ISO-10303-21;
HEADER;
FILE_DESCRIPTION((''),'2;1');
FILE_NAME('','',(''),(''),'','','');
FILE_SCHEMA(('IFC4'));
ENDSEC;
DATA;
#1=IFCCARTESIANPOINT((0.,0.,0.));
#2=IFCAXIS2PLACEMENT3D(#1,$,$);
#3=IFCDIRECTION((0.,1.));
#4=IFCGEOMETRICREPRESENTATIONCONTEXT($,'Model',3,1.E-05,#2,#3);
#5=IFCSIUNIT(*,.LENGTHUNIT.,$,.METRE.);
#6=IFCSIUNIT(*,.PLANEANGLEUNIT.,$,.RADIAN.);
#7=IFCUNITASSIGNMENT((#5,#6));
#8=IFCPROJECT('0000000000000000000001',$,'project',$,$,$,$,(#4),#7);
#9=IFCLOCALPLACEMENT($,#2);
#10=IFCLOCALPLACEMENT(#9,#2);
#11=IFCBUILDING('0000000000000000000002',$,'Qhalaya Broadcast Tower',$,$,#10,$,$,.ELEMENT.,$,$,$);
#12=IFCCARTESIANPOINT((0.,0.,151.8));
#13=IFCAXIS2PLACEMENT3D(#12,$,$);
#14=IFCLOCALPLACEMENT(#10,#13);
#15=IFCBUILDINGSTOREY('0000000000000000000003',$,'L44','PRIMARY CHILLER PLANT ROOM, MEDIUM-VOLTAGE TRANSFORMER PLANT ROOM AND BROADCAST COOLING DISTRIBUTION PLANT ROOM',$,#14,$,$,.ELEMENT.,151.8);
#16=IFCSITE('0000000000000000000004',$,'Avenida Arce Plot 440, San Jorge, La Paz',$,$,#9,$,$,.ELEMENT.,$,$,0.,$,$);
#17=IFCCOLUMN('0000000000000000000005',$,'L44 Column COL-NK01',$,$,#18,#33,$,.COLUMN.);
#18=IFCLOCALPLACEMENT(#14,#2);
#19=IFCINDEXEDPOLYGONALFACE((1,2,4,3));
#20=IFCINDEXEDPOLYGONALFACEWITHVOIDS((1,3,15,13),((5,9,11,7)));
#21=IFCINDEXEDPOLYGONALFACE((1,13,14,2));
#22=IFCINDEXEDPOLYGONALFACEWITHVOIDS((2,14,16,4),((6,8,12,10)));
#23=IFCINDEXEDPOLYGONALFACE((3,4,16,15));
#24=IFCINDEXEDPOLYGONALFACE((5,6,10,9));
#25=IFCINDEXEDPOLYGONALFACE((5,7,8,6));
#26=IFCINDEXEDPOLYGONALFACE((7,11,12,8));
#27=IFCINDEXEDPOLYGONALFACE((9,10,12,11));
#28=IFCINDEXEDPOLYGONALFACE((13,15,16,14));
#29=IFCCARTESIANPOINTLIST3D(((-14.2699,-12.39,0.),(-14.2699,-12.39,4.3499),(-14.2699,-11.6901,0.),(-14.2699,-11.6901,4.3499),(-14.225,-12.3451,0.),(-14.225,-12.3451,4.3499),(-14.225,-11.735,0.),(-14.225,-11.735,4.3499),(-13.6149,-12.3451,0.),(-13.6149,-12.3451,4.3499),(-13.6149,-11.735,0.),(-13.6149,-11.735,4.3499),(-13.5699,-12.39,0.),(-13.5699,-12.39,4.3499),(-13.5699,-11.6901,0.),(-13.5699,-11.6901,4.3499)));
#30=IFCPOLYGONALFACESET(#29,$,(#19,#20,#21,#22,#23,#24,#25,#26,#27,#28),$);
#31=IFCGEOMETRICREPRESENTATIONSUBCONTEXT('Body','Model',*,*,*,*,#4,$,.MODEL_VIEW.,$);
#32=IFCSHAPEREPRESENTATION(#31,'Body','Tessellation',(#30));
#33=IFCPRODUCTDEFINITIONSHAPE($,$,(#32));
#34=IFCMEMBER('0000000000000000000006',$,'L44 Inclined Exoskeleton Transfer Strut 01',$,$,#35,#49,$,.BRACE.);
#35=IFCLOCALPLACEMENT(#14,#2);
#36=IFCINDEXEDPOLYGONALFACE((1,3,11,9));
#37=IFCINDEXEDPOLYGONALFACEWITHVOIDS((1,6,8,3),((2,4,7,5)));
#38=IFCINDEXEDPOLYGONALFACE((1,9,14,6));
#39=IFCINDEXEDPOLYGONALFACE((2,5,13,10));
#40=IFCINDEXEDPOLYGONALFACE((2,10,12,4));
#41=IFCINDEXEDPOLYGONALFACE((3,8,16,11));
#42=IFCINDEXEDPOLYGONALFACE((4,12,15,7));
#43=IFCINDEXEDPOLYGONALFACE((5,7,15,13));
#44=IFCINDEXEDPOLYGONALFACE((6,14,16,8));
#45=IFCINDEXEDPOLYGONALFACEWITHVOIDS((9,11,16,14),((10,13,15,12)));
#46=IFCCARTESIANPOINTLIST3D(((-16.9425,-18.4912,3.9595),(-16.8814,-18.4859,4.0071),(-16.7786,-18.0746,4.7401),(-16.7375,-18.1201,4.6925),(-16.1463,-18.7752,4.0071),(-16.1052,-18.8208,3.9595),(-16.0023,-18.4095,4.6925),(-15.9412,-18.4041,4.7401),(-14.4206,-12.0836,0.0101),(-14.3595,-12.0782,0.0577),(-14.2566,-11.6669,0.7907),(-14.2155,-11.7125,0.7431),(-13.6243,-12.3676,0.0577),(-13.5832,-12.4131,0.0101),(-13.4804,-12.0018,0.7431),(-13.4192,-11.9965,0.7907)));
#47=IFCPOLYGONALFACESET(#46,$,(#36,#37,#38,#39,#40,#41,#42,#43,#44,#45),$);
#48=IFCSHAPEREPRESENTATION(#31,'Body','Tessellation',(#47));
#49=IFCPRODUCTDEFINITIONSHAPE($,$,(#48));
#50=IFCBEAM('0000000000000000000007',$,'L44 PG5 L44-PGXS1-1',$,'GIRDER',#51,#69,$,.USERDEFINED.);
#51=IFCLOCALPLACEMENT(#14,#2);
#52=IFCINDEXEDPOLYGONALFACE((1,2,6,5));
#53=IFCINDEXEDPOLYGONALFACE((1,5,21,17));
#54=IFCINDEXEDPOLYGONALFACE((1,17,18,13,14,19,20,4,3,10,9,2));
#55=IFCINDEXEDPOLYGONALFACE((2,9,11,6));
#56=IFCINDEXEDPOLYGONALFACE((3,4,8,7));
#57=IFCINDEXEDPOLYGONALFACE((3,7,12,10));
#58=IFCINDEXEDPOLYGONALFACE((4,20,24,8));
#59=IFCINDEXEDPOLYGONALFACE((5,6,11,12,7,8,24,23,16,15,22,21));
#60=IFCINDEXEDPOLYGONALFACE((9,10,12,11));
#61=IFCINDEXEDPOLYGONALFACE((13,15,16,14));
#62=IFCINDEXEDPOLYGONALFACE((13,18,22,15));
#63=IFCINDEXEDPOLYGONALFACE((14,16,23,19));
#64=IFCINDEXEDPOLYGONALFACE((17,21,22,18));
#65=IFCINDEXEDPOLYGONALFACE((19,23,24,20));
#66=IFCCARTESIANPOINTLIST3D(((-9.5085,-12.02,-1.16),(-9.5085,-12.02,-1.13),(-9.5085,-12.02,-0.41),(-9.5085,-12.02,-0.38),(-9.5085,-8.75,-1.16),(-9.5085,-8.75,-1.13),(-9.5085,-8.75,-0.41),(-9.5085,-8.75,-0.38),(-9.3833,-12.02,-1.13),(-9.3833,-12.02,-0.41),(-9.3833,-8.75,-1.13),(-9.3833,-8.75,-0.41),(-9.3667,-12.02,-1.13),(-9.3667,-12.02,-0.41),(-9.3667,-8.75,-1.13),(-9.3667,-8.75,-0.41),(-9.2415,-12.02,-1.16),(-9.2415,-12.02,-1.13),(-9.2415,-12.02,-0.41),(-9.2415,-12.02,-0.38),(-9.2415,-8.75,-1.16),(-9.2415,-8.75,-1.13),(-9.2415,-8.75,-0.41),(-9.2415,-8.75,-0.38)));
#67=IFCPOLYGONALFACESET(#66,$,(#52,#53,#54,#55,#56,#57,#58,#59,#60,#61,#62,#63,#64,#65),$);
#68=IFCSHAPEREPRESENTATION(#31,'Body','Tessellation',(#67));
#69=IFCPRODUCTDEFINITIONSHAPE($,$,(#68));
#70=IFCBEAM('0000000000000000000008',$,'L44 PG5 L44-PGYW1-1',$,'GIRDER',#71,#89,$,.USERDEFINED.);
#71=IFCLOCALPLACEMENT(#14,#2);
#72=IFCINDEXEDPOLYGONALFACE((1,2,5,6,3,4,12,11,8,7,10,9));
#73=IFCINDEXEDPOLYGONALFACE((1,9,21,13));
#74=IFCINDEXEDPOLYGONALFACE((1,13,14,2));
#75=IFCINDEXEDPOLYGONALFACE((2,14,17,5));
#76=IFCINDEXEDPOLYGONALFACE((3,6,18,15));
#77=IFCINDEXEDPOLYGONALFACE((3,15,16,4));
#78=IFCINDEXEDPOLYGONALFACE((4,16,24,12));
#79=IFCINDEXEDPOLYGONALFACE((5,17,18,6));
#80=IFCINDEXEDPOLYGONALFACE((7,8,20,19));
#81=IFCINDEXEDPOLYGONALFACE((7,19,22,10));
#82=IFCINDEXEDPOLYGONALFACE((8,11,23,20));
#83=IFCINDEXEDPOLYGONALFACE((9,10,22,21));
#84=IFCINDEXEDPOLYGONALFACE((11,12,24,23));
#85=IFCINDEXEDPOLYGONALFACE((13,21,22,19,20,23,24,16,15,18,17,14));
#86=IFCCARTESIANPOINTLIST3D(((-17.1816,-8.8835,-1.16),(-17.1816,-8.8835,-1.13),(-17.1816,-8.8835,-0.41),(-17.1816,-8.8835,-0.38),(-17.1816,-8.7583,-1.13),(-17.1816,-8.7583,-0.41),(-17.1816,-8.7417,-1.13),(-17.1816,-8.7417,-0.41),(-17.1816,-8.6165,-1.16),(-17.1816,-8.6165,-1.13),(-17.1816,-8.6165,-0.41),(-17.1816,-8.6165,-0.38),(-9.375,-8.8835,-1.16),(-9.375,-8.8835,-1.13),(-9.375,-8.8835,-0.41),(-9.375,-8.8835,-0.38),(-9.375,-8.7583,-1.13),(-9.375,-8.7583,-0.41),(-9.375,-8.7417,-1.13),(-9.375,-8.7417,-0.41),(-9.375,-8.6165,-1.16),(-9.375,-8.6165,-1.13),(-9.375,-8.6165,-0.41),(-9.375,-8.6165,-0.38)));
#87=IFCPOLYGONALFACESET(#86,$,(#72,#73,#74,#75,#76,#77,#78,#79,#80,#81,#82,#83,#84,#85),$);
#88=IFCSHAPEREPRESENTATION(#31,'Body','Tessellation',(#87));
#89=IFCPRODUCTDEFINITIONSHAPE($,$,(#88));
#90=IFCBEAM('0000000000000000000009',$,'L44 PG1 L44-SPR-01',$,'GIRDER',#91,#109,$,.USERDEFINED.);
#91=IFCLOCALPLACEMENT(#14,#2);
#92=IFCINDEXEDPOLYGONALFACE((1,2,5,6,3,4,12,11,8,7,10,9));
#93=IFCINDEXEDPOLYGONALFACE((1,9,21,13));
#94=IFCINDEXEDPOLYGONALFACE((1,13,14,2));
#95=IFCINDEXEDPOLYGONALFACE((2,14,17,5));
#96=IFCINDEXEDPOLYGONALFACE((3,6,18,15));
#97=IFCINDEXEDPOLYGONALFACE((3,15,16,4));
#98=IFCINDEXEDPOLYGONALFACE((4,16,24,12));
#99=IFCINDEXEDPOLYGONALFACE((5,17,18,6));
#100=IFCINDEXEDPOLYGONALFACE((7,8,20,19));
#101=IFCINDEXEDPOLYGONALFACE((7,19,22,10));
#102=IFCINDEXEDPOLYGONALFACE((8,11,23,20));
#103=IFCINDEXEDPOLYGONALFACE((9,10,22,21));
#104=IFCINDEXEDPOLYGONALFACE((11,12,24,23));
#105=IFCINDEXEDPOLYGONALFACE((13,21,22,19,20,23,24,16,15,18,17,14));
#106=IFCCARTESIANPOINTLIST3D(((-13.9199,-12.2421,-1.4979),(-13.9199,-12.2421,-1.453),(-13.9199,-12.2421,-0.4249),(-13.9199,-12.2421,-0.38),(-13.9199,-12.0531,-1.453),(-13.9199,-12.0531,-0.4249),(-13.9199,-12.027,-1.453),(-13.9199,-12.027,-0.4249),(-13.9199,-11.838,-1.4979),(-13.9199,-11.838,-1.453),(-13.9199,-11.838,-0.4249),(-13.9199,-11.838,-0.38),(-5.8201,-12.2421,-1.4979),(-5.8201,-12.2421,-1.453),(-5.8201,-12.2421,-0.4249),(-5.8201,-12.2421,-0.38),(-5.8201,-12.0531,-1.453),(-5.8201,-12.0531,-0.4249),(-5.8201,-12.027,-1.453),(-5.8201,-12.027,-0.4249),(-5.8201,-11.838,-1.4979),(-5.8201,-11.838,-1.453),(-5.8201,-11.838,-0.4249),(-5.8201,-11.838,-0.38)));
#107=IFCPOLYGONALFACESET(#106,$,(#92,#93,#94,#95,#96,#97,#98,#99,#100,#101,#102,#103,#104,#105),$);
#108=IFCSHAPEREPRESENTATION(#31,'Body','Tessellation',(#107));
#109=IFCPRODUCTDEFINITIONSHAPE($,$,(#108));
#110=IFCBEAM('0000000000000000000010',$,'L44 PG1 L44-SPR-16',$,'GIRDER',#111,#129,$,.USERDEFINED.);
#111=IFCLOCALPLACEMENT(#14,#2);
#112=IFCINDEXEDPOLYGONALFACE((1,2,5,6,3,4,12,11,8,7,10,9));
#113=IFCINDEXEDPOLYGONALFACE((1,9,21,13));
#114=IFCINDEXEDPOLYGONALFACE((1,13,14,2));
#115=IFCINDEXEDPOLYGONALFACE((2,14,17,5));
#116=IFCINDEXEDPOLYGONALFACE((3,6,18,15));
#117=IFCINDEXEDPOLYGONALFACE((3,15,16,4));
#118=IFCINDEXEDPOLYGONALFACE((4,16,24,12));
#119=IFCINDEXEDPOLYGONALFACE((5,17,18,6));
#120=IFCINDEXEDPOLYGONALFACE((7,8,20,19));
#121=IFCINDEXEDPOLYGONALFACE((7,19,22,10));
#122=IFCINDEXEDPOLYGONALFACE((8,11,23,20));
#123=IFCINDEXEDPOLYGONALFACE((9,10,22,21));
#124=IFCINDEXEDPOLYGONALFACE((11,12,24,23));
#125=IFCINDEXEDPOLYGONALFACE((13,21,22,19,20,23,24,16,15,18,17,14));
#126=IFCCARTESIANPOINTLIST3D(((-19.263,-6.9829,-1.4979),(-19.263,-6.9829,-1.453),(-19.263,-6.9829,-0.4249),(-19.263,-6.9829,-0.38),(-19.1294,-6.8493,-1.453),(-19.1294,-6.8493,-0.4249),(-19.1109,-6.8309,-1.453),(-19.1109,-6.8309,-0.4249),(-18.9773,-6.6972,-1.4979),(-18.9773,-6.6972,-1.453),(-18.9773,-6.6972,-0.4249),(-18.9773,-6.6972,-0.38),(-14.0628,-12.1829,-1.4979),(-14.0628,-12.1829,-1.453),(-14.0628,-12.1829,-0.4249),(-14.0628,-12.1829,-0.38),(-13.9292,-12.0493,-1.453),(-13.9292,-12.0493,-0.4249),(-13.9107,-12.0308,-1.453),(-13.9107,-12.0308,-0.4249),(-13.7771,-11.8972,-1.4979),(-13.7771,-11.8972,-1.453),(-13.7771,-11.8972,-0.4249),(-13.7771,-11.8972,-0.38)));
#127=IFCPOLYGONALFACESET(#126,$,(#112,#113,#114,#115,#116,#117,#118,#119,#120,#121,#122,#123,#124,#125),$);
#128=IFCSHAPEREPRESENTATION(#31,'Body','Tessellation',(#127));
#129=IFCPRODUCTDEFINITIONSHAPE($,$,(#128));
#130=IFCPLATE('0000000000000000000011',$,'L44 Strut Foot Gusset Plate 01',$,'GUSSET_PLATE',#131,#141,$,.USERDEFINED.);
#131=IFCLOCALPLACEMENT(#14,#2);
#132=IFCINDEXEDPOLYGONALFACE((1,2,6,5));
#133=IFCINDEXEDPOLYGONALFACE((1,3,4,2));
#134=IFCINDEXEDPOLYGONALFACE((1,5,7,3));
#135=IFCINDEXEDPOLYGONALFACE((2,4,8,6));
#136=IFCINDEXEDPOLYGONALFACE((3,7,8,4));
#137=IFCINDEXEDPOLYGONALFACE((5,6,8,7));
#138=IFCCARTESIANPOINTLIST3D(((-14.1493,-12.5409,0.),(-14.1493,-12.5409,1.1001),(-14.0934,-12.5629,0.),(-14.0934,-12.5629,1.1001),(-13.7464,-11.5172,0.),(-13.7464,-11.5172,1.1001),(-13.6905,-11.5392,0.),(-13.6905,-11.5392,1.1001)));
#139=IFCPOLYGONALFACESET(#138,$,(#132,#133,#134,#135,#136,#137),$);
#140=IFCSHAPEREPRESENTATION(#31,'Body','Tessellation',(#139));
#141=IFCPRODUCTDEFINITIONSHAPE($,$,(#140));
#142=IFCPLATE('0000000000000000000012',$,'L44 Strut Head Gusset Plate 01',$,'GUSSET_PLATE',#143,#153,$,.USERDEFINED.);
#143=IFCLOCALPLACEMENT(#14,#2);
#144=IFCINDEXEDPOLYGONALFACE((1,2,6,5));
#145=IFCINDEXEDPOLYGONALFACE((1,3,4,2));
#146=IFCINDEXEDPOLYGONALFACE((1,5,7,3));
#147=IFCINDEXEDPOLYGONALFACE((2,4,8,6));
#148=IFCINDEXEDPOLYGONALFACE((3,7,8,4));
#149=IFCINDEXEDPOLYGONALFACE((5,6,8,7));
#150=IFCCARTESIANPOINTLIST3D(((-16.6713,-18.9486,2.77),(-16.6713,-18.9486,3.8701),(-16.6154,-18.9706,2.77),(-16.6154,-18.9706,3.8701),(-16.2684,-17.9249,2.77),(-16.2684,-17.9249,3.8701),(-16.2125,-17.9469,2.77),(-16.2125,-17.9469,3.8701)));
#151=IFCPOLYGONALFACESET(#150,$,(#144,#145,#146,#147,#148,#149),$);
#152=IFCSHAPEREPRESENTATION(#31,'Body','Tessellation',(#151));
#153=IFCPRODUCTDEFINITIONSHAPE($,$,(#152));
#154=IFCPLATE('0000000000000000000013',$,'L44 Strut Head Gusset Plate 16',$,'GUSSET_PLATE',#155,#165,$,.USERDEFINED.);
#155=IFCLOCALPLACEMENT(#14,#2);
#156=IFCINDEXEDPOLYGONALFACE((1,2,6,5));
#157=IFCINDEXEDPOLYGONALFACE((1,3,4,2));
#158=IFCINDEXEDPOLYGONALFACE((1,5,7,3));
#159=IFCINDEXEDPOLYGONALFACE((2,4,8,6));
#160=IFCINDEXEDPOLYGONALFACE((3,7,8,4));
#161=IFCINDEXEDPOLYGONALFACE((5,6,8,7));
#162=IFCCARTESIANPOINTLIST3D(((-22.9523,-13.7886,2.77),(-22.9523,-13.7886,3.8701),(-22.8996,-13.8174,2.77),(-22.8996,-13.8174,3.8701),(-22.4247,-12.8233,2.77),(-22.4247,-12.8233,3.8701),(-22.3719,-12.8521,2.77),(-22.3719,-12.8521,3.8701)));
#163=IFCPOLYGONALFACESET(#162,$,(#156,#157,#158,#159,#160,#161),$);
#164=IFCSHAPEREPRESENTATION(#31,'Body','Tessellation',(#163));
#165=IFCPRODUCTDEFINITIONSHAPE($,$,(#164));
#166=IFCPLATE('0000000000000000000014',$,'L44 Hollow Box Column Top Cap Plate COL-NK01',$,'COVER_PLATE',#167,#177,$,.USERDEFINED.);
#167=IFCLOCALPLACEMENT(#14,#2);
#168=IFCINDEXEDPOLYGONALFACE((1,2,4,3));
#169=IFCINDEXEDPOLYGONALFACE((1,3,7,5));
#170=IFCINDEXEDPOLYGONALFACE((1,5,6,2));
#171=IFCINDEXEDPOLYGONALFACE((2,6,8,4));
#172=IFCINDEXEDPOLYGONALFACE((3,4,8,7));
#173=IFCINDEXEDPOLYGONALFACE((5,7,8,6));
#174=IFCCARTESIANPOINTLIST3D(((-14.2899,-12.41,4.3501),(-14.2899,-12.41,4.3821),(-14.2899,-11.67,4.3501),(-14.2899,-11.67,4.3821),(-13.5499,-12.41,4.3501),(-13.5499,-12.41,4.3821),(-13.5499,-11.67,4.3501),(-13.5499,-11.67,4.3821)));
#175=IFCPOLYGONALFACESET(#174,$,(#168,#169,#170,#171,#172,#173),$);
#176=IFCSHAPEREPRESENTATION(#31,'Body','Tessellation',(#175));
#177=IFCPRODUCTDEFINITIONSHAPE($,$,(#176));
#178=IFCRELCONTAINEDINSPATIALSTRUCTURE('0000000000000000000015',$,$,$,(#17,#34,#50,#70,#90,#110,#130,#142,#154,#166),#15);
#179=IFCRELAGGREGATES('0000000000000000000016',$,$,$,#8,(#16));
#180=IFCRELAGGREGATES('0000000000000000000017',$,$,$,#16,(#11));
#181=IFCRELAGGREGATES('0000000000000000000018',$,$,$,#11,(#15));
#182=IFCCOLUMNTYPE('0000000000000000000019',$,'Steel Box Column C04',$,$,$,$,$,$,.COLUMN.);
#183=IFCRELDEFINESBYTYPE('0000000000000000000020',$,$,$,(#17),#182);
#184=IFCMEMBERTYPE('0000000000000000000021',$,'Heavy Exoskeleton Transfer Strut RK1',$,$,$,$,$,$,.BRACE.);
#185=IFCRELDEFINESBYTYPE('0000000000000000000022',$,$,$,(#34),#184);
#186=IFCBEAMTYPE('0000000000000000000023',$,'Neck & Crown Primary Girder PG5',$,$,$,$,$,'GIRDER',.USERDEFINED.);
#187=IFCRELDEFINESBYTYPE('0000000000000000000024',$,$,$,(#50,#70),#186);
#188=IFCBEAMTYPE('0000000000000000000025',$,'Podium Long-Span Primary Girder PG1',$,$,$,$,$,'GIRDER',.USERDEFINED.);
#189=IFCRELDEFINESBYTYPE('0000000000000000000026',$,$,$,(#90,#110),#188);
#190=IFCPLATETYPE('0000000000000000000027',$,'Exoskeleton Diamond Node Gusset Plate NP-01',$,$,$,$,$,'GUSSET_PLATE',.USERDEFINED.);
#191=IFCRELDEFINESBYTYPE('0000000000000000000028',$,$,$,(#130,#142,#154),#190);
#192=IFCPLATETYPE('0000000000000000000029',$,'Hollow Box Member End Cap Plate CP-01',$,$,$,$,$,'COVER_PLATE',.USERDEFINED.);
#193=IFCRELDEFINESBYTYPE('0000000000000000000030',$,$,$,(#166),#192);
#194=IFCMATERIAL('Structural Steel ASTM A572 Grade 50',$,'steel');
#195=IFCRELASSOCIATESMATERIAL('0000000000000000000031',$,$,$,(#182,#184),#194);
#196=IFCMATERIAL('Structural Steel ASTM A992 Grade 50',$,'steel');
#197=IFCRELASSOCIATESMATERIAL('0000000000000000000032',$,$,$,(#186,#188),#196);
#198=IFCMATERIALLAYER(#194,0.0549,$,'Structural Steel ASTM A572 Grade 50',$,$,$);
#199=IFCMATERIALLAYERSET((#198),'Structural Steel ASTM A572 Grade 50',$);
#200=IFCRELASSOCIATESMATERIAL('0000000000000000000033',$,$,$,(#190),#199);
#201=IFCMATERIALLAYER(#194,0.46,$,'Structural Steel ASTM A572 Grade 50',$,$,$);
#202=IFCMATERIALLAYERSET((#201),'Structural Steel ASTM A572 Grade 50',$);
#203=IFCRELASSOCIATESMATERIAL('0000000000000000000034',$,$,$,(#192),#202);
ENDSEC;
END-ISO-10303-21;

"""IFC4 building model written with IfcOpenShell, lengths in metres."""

from ifc_helpers import new_model, si_unit, direction, frame, origin, origin_2d, place, context, subcontext, project, spatial, rectangle, hollow_rectangle, i_section, extrude, material, layer, layer_set, material_profile, profile_set, type_object, element, save


model = new_model("IFC4")

# Units and contexts
model_context = context("Model", 3, precision=1e-05, world=origin(), true_north=direction((0.0, 1.0)))
body_context = subcontext(model_context, "Body", "Model", "MODEL_VIEW")
ifc_project = project(units=[si_unit("LENGTHUNIT", "METRE"), si_unit("PLANEANGLEUNIT", "RADIAN")], contexts=[model_context])

# Site, building, storey
site_placement = place(None, origin())
site = spatial("IfcSite", under=ifc_project, at=site_placement, Name="Avenida Arce Plot 440, San Jorge, La Paz", CompositionType="ELEMENT", RefElevation=0.0)
building_placement = place(site_placement, origin())
building = spatial("IfcBuilding", under=site, at=building_placement, Name="Qhalaya Broadcast Tower", CompositionType="ELEMENT")
storey_placement = place(building_placement, frame((0.0, 0.0, 151.8)))
storey = spatial("IfcBuildingStorey", under=building, at=storey_placement, Name="L44", Description="PRIMARY CHILLER PLANT ROOM, MEDIUM-VOLTAGE TRANSFORMER PLANT ROOM AND BROADCAST COOLING DISTRIBUTION PLANT ROOM", CompositionType="ELEMENT", Elevation=151.8)

# Column
ifc_material_1 = material(Name="Structural Steel ASTM A572 Grade 50", Category="steel")
ifc_material_profile_1 = material_profile(ifc_material_1, hollow_rectangle(XDim=0.7, YDim=0.7, WallThickness=0.0449, at=origin_2d()), Name="BOX 700x700x45")
ifc_profile_set_1 = profile_set([ifc_material_profile_1], Name="Structural Steel ASTM A572 Grade 50")
column_type = type_object("IfcColumnType", Name="Steel Box Column C04", PredefinedType="COLUMN", material=ifc_profile_set_1)
column_placement = place(storey_placement, frame((-13.9199, -12.04, 0.0), z_axis=(0.0, 0.0, 1.0), x_axis=(1.0, 0.0, 0.0)))
element("IfcColumn", 1, at=column_placement, inside=storey, type_object=column_type, Name="L44 Column COL-NK01", PredefinedType="COLUMN", context=body_context, shape_type="SweptSolid", body=[
    extrude(hollow_rectangle(XDim=0.7, YDim=0.7, WallThickness=0.0449, at=origin_2d()), origin(), (0.0, 0.0, 1.0), 4.3499),
])

# Member
ifc_material_profile_2 = material_profile(ifc_material_1, hollow_rectangle(XDim=0.8999, YDim=0.8999, WallThickness=0.0549, at=origin_2d()), Name="BOX 900x900x55")
ifc_profile_set_2 = profile_set([ifc_material_profile_2], Name="Structural Steel ASTM A572 Grade 50")
member_type = type_object("IfcMemberType", Name="Heavy Exoskeleton Transfer Strut RK1", PredefinedType="BRACE", material=ifc_profile_set_2)
member_placement = place(storey_placement, frame((-13.9199, -12.04, 0.4004), z_axis=(-0.317695, -0.807185, 0.497517), x_axis=(0.930521, -0.366238, 0.0)))
element("IfcMember", 2, at=member_placement, inside=storey, type_object=member_type, Name="L44 Inclined Exoskeleton Transfer Strut 01", PredefinedType="BRACE", context=body_context, shape_type="SweptSolid", body=[
    extrude(hollow_rectangle(XDim=0.8999, YDim=0.8999, WallThickness=0.0549, at=origin_2d()), origin(), (0.0, 0.0, 1.0), 7.9382),
])

# Beams
ifc_material_2 = material(Name="Structural Steel ASTM A992 Grade 50", Category="steel")
ifc_material_profile_3 = material_profile(ifc_material_2, i_section(OverallWidth=0.2671, OverallDepth=0.78, WebThickness=0.0166, FlangeThickness=0.03, at=origin_2d()), Name="W30X148")
ifc_profile_set_3 = profile_set([ifc_material_profile_3], Name="Structural Steel ASTM A992 Grade 50")
beam_type_1 = type_object("IfcBeamType", Name="Neck & Crown Primary Girder PG5", ElementType="GIRDER", PredefinedType="USERDEFINED", material=ifc_profile_set_3)
beam_1_placement = place(storey_placement, frame((-9.375, -12.02, -0.77), z_axis=(0.0, 1.0, 0.0), x_axis=(-1.0, 0.0, 0.0)))
element("IfcBeam", 3, at=beam_1_placement, inside=storey, type_object=beam_type_1, Name="L44 PG5 L44-PGXS1-1", ObjectType="GIRDER", PredefinedType="USERDEFINED", context=body_context, shape_type="SweptSolid", body=[
    extrude(i_section(OverallWidth=0.2671, OverallDepth=0.78, WebThickness=0.0166, FlangeThickness=0.03, at=origin_2d()), origin(), (0.0, 0.0, 1.0), 3.27),
])
beam_2_placement = place(storey_placement, frame((-17.1816, -8.75, -0.77), z_axis=(1.0, 0.0, 0.0), x_axis=(0.0, 1.0, 0.0)))
element("IfcBeam", 4, at=beam_2_placement, inside=storey, type_object=beam_type_1, Name="L44 PG5 L44-PGYW1-1", ObjectType="GIRDER", PredefinedType="USERDEFINED", context=body_context, shape_type="SweptSolid", body=[
    extrude(i_section(OverallWidth=0.2671, OverallDepth=0.78, WebThickness=0.0166, FlangeThickness=0.03, at=origin_2d()), origin(), (0.0, 0.0, 1.0), 7.8066),
])
ifc_material_profile_4 = material_profile(ifc_material_2, i_section(OverallWidth=0.4041, OverallDepth=1.1179, WebThickness=0.0261, FlangeThickness=0.0449, at=origin_2d()), Name="W44X335")
ifc_profile_set_4 = profile_set([ifc_material_profile_4], Name="Structural Steel ASTM A992 Grade 50")
beam_type_2 = type_object("IfcBeamType", Name="Podium Long-Span Primary Girder PG1", ElementType="GIRDER", PredefinedType="USERDEFINED", material=ifc_profile_set_4)
beam_3_placement = place(storey_placement, frame((-13.9199, -12.04, -0.939), z_axis=(1.0, 0.0, 0.0), x_axis=(0.0, 1.0, 0.0)))
element("IfcBeam", 5, at=beam_3_placement, inside=storey, type_object=beam_type_2, Name="L44 PG1 L44-SPR-01", ObjectType="GIRDER", PredefinedType="USERDEFINED", context=body_context, shape_type="SweptSolid", body=[
    extrude(i_section(OverallWidth=0.4041, OverallDepth=1.1179, WebThickness=0.0261, FlangeThickness=0.0449, at=origin_2d()), origin(), (0.0, 0.0, 1.0), 8.0999),
])
beam_4_placement = place(storey_placement, frame((-19.1201, -6.8401, -0.939), z_axis=(0.707123, -0.70709, 0.0), x_axis=(0.70709, 0.707123, 0.0)))
element("IfcBeam", 6, at=beam_4_placement, inside=storey, type_object=beam_type_2, Name="L44 PG1 L44-SPR-16", ObjectType="GIRDER", PredefinedType="USERDEFINED", context=body_context, shape_type="SweptSolid", body=[
    extrude(i_section(OverallWidth=0.4041, OverallDepth=1.1179, WebThickness=0.0261, FlangeThickness=0.0449, at=origin_2d()), origin(), (0.0, 0.0, 1.0), 7.354),
])

# Plates
ifc_layer_1 = layer(ifc_material_1, 0.0549, Name="Structural Steel ASTM A572 Grade 50")
ifc_layer_set_1 = layer_set([ifc_layer_1], Name="Structural Steel ASTM A572 Grade 50")
plate_type_1 = type_object("IfcPlateType", Name="Exoskeleton Diamond Node Gusset Plate NP-01", ElementType="GUSSET_PLATE", PredefinedType="USERDEFINED", material=ifc_layer_set_1)
for number, where, z_axis, x_axis, name in (
    (7, (-13.9199, -12.04, 0.0), (0.0, 0.0, 1.0), (-0.366241, -0.93052, 0.0), "L44 Strut Foot Gusset Plate 01"),
    (8, (-16.4419, -18.4478, 2.77), (0.0, 0.0, 1.0), (-0.366241, -0.93052, 0.0), "L44 Strut Head Gusset Plate 01"),
    (9, (-22.6621, -13.3203, 2.77), (0.0, 0.0, 1.0), (-0.479611, -0.877481, 0.0), "L44 Strut Head Gusset Plate 16"),
):
    element("IfcPlate", number, at=place(storey_placement, frame(where, z_axis=z_axis, x_axis=x_axis)), inside=storey, type_object=plate_type_1, Name=name, ObjectType="GUSSET_PLATE", PredefinedType="USERDEFINED", context=body_context, shape_type="SweptSolid", body=[
        extrude(rectangle(XDim=1.1001, YDim=0.0601, at=origin_2d()), origin(), (0.0, 0.0, 1.0), 1.1001),
    ])
ifc_layer_2 = layer(ifc_material_1, 0.46, Name="Structural Steel ASTM A572 Grade 50")
ifc_layer_set_2 = layer_set([ifc_layer_2], Name="Structural Steel ASTM A572 Grade 50")
plate_type_2 = type_object("IfcPlateType", Name="Hollow Box Member End Cap Plate CP-01", ElementType="COVER_PLATE", PredefinedType="USERDEFINED", material=ifc_layer_set_2)
plate_placement = place(storey_placement, frame((-13.9199, -12.04, 4.3501), z_axis=(0.0, 0.0, 1.0), x_axis=(1.0, 0.0, 0.0)))
element("IfcPlate", 10, at=plate_placement, inside=storey, type_object=plate_type_2, Name="L44 Hollow Box Column Top Cap Plate COL-NK01", ObjectType="COVER_PLATE", PredefinedType="USERDEFINED", context=body_context, shape_type="SweptSolid", body=[
    extrude(rectangle(XDim=0.74, YDim=0.74, at=origin_2d()), origin(), (0.0, 0.0, 1.0), 0.032),
])

save(model, "model.ifc")
